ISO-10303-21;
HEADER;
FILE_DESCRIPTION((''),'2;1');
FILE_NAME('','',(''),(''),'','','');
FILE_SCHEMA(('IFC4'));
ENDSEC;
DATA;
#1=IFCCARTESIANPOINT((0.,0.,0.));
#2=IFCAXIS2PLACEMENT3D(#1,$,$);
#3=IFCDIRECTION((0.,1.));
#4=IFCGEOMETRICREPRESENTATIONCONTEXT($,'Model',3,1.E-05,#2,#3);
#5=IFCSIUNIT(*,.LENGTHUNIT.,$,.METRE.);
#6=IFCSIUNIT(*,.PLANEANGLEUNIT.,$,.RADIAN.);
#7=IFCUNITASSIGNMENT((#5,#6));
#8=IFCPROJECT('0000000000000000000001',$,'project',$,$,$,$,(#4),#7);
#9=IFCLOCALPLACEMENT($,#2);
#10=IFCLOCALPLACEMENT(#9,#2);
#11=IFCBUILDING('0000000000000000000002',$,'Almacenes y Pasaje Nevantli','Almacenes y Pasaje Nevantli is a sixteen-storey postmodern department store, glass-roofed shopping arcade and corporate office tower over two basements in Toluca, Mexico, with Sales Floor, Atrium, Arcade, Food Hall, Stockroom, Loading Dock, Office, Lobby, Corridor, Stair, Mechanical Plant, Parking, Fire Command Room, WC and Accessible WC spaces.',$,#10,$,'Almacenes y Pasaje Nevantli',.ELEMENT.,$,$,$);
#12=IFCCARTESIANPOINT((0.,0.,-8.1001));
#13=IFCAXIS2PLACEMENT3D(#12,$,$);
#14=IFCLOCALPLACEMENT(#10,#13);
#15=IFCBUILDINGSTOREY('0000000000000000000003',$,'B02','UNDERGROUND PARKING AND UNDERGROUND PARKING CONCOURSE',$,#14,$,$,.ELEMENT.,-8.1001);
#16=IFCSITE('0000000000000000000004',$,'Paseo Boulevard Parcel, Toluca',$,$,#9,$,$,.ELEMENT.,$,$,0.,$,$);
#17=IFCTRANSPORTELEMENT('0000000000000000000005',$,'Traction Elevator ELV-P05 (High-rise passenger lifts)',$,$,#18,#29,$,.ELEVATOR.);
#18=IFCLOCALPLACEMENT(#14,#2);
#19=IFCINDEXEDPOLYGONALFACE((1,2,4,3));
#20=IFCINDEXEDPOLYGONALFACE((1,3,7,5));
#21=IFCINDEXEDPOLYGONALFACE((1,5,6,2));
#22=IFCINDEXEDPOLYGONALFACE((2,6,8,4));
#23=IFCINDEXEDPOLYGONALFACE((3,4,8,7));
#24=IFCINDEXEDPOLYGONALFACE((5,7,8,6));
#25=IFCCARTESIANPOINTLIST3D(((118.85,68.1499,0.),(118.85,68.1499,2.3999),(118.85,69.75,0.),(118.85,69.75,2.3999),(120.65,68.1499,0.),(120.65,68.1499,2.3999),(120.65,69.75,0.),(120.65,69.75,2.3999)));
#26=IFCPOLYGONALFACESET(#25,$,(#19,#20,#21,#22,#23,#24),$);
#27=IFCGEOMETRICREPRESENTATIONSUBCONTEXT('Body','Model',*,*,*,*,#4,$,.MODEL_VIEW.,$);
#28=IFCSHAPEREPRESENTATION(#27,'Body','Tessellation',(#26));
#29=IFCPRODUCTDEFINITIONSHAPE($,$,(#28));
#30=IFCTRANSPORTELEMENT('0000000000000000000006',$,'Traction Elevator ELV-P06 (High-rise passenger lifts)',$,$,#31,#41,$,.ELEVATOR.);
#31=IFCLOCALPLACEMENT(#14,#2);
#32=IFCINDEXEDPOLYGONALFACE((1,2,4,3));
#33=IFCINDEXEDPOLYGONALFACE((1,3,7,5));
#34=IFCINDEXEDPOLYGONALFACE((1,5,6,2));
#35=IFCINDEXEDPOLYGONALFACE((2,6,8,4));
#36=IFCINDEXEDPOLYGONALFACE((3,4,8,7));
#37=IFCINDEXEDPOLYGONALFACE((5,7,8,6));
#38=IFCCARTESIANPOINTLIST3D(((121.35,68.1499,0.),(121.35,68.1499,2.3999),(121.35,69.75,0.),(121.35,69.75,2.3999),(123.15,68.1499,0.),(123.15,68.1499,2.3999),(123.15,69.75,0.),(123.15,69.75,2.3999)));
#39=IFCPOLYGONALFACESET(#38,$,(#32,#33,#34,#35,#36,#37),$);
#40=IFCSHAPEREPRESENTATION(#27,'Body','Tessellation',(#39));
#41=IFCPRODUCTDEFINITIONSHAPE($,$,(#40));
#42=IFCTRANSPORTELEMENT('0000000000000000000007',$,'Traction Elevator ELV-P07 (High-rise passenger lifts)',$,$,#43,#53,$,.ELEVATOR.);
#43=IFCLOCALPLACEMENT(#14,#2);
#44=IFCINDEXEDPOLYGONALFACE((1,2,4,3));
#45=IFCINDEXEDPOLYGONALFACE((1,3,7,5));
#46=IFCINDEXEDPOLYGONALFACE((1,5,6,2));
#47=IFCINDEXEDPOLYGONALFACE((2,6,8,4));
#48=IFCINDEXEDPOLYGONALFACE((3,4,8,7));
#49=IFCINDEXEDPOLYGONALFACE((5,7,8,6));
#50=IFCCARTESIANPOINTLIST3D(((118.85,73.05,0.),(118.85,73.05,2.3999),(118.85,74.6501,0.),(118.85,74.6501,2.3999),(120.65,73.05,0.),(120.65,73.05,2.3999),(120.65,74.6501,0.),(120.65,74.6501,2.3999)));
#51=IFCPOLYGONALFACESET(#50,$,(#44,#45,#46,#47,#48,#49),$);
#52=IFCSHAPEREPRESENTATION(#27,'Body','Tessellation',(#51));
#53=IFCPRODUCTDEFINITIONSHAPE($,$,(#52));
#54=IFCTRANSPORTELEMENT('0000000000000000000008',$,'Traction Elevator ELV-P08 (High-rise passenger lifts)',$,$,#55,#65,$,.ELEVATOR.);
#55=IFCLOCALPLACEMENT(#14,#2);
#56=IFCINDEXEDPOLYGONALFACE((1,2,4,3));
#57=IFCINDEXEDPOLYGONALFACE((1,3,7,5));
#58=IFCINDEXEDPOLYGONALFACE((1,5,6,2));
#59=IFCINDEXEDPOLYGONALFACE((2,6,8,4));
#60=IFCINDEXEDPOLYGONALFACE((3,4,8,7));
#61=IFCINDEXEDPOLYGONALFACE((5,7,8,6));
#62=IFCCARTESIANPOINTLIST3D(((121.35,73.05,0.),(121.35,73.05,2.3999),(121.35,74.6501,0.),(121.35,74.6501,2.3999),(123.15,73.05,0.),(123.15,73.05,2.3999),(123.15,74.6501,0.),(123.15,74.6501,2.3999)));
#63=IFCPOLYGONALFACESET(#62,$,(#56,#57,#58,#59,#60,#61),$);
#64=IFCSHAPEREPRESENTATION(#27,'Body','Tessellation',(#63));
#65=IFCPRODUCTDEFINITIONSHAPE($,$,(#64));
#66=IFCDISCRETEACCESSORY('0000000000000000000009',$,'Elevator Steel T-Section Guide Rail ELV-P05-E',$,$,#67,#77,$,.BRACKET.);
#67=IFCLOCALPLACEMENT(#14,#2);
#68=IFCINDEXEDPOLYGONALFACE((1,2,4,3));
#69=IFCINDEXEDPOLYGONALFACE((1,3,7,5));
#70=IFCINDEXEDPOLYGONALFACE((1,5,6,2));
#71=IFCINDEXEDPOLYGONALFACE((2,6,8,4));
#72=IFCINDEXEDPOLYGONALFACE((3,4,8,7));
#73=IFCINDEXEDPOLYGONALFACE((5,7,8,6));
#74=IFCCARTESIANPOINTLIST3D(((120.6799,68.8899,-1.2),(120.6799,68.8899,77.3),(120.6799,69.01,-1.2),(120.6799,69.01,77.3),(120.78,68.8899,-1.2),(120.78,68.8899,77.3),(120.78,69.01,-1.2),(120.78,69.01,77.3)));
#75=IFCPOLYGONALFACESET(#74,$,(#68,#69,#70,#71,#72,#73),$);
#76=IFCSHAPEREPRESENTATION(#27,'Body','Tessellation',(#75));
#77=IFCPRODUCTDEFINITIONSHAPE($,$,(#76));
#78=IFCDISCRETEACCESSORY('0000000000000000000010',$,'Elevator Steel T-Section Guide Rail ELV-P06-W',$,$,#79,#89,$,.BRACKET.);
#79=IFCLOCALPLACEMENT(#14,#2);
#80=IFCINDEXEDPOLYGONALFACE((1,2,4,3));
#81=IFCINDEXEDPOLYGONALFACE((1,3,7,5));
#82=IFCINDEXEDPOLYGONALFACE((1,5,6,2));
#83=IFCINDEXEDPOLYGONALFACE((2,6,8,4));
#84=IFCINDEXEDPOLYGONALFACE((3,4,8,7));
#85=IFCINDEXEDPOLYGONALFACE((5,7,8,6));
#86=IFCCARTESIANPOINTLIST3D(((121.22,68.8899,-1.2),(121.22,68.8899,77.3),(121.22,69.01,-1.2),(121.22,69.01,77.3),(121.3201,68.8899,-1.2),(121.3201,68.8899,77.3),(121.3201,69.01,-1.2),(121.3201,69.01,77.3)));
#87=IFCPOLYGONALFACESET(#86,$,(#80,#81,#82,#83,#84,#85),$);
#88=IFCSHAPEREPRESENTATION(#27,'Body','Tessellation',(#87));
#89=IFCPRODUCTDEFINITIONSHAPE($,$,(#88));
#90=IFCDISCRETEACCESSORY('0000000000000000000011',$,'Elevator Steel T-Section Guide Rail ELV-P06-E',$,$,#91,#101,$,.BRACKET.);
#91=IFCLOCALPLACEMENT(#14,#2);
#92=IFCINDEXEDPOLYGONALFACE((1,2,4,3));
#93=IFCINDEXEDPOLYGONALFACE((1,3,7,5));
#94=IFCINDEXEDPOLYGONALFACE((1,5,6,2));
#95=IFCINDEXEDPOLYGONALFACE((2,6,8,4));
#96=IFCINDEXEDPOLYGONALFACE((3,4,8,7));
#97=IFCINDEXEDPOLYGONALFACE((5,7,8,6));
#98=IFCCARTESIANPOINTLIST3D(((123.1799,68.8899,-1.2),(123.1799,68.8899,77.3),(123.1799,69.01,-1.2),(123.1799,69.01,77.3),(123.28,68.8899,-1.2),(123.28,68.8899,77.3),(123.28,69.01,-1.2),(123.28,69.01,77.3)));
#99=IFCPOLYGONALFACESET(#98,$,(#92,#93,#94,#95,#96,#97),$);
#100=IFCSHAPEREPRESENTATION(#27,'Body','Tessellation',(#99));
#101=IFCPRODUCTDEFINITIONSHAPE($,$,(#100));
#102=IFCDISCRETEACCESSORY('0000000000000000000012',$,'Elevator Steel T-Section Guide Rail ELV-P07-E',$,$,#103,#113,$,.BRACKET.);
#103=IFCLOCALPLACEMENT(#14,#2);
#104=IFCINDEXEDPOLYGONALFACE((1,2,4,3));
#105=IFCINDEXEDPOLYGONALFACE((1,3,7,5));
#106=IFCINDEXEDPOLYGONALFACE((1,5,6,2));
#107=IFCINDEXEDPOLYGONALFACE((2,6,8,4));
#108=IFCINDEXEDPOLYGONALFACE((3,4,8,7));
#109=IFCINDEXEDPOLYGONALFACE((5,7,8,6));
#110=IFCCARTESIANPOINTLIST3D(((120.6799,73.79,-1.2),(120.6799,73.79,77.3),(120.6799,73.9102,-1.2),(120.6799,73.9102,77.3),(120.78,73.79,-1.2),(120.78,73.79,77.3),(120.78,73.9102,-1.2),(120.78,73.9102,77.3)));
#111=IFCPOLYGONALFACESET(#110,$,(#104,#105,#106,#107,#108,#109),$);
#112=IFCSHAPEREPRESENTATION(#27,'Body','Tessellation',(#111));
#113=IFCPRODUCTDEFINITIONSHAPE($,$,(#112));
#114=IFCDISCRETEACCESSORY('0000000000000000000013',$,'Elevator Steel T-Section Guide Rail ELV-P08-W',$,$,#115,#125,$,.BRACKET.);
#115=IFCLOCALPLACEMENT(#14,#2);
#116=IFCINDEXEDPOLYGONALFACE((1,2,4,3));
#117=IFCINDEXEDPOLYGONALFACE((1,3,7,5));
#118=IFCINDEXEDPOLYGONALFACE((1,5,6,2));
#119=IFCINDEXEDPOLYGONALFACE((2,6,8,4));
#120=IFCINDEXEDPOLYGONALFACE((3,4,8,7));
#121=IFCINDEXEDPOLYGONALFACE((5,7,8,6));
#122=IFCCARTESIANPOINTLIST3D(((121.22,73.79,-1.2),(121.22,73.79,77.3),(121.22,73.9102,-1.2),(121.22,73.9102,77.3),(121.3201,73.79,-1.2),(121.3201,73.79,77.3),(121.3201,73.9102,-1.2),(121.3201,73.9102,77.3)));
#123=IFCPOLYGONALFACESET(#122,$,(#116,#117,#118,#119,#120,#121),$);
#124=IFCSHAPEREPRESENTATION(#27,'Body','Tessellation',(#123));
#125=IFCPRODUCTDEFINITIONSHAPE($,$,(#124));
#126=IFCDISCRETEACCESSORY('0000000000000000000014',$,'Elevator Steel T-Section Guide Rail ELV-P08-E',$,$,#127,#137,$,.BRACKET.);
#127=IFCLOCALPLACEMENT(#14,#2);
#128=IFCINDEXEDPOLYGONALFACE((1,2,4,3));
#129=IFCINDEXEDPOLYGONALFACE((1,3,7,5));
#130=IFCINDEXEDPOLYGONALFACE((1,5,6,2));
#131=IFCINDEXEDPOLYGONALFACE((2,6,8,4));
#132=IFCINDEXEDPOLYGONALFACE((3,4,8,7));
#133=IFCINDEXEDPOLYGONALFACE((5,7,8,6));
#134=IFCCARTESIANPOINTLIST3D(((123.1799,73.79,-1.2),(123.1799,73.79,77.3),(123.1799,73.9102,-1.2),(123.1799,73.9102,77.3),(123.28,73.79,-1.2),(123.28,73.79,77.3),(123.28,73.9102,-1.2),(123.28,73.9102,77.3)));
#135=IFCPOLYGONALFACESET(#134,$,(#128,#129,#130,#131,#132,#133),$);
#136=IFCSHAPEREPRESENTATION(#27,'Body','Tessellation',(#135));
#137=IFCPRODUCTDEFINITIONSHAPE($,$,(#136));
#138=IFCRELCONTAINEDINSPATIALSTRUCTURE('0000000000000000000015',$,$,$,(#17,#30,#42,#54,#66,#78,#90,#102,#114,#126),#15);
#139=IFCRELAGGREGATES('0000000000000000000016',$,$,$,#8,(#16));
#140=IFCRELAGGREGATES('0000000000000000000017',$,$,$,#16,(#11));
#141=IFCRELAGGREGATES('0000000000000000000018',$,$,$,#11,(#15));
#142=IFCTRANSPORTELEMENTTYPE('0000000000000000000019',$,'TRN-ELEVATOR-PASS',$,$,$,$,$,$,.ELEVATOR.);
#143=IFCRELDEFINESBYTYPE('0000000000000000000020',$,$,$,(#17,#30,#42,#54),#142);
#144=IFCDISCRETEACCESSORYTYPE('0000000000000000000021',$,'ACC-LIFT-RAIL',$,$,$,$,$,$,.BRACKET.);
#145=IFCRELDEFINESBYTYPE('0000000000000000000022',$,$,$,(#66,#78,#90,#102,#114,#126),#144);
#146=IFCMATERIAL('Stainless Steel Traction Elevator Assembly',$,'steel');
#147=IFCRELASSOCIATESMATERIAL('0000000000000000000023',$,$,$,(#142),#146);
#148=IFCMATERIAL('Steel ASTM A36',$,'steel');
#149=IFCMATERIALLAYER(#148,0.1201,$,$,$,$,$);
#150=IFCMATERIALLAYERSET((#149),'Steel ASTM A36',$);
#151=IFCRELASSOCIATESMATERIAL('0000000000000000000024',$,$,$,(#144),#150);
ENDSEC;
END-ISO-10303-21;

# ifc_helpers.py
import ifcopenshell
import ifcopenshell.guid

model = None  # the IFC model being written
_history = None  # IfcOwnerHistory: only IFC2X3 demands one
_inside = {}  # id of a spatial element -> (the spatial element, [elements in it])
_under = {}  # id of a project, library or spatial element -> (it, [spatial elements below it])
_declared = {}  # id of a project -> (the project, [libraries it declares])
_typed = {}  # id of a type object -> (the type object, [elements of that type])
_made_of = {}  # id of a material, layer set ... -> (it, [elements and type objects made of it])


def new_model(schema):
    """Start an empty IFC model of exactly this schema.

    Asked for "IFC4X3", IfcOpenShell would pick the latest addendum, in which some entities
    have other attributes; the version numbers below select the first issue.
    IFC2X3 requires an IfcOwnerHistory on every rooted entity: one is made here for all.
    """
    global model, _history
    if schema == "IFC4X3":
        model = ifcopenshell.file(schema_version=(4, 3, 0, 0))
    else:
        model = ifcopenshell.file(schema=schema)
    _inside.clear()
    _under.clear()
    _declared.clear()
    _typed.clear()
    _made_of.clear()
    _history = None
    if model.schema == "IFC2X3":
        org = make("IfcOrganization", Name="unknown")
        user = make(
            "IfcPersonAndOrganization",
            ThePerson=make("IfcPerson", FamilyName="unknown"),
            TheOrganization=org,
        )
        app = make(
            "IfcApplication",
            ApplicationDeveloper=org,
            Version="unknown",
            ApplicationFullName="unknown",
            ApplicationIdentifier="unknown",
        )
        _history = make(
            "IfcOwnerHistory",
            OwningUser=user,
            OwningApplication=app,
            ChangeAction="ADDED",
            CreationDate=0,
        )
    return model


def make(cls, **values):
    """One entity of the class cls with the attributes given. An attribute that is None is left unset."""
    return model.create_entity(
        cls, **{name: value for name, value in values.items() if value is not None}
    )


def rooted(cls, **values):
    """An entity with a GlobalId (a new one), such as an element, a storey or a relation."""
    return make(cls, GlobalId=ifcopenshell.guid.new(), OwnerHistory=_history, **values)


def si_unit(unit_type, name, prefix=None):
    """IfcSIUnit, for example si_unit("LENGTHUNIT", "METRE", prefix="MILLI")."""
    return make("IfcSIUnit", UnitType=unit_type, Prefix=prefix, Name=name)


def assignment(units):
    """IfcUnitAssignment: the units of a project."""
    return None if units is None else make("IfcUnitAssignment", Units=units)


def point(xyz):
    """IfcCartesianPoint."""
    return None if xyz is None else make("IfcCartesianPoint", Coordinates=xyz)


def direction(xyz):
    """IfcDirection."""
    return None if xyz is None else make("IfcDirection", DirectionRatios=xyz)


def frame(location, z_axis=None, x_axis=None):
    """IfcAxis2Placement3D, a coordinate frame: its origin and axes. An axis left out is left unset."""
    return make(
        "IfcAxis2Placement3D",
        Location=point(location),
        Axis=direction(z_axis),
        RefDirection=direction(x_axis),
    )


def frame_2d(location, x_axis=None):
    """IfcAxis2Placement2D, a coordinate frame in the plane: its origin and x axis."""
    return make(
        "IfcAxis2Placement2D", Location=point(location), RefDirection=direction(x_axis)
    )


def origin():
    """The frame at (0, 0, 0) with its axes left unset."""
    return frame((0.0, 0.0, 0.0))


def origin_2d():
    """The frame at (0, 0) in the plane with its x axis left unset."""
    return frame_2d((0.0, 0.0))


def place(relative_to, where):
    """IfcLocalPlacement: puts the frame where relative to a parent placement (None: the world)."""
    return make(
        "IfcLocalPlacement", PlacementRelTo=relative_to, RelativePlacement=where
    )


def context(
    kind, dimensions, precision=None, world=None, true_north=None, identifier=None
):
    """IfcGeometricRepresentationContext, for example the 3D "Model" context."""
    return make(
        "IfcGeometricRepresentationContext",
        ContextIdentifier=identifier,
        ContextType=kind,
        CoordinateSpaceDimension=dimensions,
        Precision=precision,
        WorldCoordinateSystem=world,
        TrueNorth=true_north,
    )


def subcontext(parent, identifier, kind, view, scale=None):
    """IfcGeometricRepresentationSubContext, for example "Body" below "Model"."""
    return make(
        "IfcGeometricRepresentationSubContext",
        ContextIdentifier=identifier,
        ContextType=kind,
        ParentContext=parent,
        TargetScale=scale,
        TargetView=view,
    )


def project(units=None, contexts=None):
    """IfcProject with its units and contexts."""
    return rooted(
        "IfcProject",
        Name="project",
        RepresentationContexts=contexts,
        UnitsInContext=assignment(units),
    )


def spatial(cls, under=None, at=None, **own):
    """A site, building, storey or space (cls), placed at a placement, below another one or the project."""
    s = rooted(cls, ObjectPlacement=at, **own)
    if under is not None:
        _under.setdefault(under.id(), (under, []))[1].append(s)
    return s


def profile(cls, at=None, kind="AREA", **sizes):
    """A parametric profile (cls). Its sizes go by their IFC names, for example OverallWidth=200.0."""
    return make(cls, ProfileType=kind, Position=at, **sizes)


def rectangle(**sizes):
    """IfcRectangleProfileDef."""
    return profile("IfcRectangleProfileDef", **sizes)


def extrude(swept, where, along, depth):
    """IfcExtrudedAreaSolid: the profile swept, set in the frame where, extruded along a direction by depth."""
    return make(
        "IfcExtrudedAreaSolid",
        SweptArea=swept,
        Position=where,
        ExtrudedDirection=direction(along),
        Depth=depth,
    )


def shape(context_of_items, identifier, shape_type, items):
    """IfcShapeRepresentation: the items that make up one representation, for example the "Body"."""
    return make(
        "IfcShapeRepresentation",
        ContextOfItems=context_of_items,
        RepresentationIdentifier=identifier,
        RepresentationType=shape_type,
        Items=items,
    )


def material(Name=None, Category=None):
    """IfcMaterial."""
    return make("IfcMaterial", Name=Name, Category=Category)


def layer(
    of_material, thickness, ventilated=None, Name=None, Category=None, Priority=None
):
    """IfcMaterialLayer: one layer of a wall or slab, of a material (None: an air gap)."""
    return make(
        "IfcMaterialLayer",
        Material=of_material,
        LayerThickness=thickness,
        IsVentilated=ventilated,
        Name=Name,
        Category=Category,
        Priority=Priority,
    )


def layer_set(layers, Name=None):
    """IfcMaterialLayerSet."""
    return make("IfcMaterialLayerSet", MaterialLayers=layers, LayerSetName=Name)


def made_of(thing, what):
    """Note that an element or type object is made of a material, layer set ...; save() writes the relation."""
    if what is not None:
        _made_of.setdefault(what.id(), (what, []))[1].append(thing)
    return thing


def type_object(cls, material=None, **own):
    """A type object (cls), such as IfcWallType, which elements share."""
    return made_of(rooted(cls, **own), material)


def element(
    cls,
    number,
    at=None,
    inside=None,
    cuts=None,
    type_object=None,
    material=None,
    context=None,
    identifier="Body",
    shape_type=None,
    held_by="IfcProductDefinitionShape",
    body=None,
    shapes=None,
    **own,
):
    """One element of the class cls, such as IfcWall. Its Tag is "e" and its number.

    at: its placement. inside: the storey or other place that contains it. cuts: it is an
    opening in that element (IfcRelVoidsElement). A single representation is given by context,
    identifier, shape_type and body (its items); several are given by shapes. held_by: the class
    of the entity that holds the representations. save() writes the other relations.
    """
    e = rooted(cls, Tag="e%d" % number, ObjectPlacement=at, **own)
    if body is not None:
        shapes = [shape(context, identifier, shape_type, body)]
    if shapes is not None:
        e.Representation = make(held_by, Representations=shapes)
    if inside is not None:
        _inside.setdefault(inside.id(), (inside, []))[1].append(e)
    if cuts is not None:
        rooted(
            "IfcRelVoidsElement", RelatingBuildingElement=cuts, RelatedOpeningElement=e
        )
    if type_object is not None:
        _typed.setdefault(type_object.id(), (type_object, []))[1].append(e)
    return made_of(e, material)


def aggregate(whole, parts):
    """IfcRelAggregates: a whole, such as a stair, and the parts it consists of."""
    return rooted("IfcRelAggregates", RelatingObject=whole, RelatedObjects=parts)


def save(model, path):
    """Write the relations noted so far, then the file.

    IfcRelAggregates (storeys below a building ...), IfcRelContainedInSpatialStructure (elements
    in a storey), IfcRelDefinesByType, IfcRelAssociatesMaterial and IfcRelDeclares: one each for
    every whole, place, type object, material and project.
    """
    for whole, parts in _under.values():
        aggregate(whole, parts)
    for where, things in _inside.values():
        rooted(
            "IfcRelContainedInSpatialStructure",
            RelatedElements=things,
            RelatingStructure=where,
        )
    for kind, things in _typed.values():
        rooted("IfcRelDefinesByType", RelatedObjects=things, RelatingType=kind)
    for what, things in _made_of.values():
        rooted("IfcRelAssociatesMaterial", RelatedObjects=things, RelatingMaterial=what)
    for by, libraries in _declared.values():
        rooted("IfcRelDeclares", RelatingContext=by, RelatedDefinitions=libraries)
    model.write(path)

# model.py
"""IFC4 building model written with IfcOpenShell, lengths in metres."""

from ifc_helpers import new_model, si_unit, direction, frame, origin, origin_2d, place, context, subcontext, project, spatial, rectangle, extrude, material, layer, layer_set, type_object, element, save


model = new_model("IFC4")

# Units and contexts
model_context = context("Model", 3, precision=1e-05, world=origin(), true_north=direction((0.0, 1.0)))
body_context = subcontext(model_context, "Body", "Model", "MODEL_VIEW")
ifc_project = project(units=[si_unit("LENGTHUNIT", "METRE"), si_unit("PLANEANGLEUNIT", "RADIAN")], contexts=[model_context])

# Site, building, storey
site_placement = place(None, origin())
site = spatial("IfcSite", under=ifc_project, at=site_placement, Name="Paseo Boulevard Parcel, Toluca", CompositionType="ELEMENT", RefElevation=0.0)
building_placement = place(site_placement, origin())
building = spatial("IfcBuilding", under=site, at=building_placement, Name="Almacenes y Pasaje Nevantli", Description="Almacenes y Pasaje Nevantli is a sixteen-storey postmodern department store, glass-roofed shopping arcade and corporate office tower over two basements in Toluca, Mexico, with Sales Floor, Atrium, Arcade, Food Hall, Stockroom, Loading Dock, Office, Lobby, Corridor, Stair, Mechanical Plant, Parking, Fire Command Room, WC and Accessible WC spaces.", LongName="Almacenes y Pasaje Nevantli", CompositionType="ELEMENT")
storey_placement = place(building_placement, frame((0.0, 0.0, -8.1001)))
storey = spatial("IfcBuildingStorey", under=building, at=storey_placement, Name="B02", Description="UNDERGROUND PARKING AND UNDERGROUND PARKING CONCOURSE", CompositionType="ELEMENT", Elevation=-8.1001)

# Transport elements
ifc_material_1 = material(Name="Stainless Steel Traction Elevator Assembly", Category="steel")
transport_element_type = type_object("IfcTransportElementType", Name="TRN-ELEVATOR-PASS", PredefinedType="ELEVATOR", material=ifc_material_1)
for number, where, z_axis, x_axis, name in (
    (1, (119.75, 68.95, 0.0), (0.0, 0.0, 1.0), (1.0, 0.0, 0.0), "Traction Elevator ELV-P05 (High-rise passenger lifts)"),
    (2, (122.25, 68.95, 0.0), (0.0, 0.0, 1.0), (1.0, 0.0, 0.0), "Traction Elevator ELV-P06 (High-rise passenger lifts)"),
    (3, (119.75, 73.8501, 0.0), (0.0, 0.0, 1.0), (1.0, 0.0, 0.0), "Traction Elevator ELV-P07 (High-rise passenger lifts)"),
    (4, (122.25, 73.8501, 0.0), (0.0, 0.0, 1.0), (1.0, 0.0, 0.0), "Traction Elevator ELV-P08 (High-rise passenger lifts)"),
):
    element("IfcTransportElement", number, at=place(storey_placement, frame(where, z_axis=z_axis, x_axis=x_axis)), inside=storey, type_object=transport_element_type, Name=name, PredefinedType="ELEVATOR", context=body_context, shape_type="SweptSolid", body=[
        extrude(rectangle(XDim=1.8, YDim=1.6001, at=origin_2d()), origin(), (0.0, 0.0, 1.0), 2.3999),
    ])

# Discrete accessories
ifc_material_2 = material(Name="Steel ASTM A36", Category="steel")
ifc_layer_1 = layer(ifc_material_2, 0.1201)
ifc_layer_set_1 = layer_set([ifc_layer_1], Name="Steel ASTM A36")
discrete_accessory_type = type_object("IfcDiscreteAccessoryType", Name="ACC-LIFT-RAIL", PredefinedType="BRACKET", material=ifc_layer_set_1)
for number, where, z_axis, x_axis, name in (
    (5, (120.73, 68.95, -1.2), (0.0, 0.0, 1.0), (1.0, 0.0, 0.0), "Elevator Steel T-Section Guide Rail ELV-P05-E"),
    (6, (121.27, 68.95, -1.2), (0.0, 0.0, 1.0), (1.0, 0.0, 0.0), "Elevator Steel T-Section Guide Rail ELV-P06-W"),
    (7, (123.23, 68.95, -1.2), (0.0, 0.0, 1.0), (1.0, 0.0, 0.0), "Elevator Steel T-Section Guide Rail ELV-P06-E"),
    (8, (120.73, 73.8501, -1.2), (0.0, 0.0, 1.0), (1.0, 0.0, 0.0), "Elevator Steel T-Section Guide Rail ELV-P07-E"),
    (9, (121.27, 73.8501, -1.2), (0.0, 0.0, 1.0), (1.0, 0.0, 0.0), "Elevator Steel T-Section Guide Rail ELV-P08-W"),
    (10, (123.23, 73.8501, -1.2), (0.0, 0.0, 1.0), (1.0, 0.0, 0.0), "Elevator Steel T-Section Guide Rail ELV-P08-E"),
):
    element("IfcDiscreteAccessory", number, at=place(storey_placement, frame(where, z_axis=z_axis, x_axis=x_axis)), inside=storey, type_object=discrete_accessory_type, Name=name, PredefinedType="BRACKET", context=body_context, shape_type="SweptSolid", body=[
        extrude(rectangle(XDim=0.1001, YDim=0.1201, at=origin_2d()), origin(), (0.0, 0.0, 1.0), 78.5),
    ])

save(model, "model.ifc")
